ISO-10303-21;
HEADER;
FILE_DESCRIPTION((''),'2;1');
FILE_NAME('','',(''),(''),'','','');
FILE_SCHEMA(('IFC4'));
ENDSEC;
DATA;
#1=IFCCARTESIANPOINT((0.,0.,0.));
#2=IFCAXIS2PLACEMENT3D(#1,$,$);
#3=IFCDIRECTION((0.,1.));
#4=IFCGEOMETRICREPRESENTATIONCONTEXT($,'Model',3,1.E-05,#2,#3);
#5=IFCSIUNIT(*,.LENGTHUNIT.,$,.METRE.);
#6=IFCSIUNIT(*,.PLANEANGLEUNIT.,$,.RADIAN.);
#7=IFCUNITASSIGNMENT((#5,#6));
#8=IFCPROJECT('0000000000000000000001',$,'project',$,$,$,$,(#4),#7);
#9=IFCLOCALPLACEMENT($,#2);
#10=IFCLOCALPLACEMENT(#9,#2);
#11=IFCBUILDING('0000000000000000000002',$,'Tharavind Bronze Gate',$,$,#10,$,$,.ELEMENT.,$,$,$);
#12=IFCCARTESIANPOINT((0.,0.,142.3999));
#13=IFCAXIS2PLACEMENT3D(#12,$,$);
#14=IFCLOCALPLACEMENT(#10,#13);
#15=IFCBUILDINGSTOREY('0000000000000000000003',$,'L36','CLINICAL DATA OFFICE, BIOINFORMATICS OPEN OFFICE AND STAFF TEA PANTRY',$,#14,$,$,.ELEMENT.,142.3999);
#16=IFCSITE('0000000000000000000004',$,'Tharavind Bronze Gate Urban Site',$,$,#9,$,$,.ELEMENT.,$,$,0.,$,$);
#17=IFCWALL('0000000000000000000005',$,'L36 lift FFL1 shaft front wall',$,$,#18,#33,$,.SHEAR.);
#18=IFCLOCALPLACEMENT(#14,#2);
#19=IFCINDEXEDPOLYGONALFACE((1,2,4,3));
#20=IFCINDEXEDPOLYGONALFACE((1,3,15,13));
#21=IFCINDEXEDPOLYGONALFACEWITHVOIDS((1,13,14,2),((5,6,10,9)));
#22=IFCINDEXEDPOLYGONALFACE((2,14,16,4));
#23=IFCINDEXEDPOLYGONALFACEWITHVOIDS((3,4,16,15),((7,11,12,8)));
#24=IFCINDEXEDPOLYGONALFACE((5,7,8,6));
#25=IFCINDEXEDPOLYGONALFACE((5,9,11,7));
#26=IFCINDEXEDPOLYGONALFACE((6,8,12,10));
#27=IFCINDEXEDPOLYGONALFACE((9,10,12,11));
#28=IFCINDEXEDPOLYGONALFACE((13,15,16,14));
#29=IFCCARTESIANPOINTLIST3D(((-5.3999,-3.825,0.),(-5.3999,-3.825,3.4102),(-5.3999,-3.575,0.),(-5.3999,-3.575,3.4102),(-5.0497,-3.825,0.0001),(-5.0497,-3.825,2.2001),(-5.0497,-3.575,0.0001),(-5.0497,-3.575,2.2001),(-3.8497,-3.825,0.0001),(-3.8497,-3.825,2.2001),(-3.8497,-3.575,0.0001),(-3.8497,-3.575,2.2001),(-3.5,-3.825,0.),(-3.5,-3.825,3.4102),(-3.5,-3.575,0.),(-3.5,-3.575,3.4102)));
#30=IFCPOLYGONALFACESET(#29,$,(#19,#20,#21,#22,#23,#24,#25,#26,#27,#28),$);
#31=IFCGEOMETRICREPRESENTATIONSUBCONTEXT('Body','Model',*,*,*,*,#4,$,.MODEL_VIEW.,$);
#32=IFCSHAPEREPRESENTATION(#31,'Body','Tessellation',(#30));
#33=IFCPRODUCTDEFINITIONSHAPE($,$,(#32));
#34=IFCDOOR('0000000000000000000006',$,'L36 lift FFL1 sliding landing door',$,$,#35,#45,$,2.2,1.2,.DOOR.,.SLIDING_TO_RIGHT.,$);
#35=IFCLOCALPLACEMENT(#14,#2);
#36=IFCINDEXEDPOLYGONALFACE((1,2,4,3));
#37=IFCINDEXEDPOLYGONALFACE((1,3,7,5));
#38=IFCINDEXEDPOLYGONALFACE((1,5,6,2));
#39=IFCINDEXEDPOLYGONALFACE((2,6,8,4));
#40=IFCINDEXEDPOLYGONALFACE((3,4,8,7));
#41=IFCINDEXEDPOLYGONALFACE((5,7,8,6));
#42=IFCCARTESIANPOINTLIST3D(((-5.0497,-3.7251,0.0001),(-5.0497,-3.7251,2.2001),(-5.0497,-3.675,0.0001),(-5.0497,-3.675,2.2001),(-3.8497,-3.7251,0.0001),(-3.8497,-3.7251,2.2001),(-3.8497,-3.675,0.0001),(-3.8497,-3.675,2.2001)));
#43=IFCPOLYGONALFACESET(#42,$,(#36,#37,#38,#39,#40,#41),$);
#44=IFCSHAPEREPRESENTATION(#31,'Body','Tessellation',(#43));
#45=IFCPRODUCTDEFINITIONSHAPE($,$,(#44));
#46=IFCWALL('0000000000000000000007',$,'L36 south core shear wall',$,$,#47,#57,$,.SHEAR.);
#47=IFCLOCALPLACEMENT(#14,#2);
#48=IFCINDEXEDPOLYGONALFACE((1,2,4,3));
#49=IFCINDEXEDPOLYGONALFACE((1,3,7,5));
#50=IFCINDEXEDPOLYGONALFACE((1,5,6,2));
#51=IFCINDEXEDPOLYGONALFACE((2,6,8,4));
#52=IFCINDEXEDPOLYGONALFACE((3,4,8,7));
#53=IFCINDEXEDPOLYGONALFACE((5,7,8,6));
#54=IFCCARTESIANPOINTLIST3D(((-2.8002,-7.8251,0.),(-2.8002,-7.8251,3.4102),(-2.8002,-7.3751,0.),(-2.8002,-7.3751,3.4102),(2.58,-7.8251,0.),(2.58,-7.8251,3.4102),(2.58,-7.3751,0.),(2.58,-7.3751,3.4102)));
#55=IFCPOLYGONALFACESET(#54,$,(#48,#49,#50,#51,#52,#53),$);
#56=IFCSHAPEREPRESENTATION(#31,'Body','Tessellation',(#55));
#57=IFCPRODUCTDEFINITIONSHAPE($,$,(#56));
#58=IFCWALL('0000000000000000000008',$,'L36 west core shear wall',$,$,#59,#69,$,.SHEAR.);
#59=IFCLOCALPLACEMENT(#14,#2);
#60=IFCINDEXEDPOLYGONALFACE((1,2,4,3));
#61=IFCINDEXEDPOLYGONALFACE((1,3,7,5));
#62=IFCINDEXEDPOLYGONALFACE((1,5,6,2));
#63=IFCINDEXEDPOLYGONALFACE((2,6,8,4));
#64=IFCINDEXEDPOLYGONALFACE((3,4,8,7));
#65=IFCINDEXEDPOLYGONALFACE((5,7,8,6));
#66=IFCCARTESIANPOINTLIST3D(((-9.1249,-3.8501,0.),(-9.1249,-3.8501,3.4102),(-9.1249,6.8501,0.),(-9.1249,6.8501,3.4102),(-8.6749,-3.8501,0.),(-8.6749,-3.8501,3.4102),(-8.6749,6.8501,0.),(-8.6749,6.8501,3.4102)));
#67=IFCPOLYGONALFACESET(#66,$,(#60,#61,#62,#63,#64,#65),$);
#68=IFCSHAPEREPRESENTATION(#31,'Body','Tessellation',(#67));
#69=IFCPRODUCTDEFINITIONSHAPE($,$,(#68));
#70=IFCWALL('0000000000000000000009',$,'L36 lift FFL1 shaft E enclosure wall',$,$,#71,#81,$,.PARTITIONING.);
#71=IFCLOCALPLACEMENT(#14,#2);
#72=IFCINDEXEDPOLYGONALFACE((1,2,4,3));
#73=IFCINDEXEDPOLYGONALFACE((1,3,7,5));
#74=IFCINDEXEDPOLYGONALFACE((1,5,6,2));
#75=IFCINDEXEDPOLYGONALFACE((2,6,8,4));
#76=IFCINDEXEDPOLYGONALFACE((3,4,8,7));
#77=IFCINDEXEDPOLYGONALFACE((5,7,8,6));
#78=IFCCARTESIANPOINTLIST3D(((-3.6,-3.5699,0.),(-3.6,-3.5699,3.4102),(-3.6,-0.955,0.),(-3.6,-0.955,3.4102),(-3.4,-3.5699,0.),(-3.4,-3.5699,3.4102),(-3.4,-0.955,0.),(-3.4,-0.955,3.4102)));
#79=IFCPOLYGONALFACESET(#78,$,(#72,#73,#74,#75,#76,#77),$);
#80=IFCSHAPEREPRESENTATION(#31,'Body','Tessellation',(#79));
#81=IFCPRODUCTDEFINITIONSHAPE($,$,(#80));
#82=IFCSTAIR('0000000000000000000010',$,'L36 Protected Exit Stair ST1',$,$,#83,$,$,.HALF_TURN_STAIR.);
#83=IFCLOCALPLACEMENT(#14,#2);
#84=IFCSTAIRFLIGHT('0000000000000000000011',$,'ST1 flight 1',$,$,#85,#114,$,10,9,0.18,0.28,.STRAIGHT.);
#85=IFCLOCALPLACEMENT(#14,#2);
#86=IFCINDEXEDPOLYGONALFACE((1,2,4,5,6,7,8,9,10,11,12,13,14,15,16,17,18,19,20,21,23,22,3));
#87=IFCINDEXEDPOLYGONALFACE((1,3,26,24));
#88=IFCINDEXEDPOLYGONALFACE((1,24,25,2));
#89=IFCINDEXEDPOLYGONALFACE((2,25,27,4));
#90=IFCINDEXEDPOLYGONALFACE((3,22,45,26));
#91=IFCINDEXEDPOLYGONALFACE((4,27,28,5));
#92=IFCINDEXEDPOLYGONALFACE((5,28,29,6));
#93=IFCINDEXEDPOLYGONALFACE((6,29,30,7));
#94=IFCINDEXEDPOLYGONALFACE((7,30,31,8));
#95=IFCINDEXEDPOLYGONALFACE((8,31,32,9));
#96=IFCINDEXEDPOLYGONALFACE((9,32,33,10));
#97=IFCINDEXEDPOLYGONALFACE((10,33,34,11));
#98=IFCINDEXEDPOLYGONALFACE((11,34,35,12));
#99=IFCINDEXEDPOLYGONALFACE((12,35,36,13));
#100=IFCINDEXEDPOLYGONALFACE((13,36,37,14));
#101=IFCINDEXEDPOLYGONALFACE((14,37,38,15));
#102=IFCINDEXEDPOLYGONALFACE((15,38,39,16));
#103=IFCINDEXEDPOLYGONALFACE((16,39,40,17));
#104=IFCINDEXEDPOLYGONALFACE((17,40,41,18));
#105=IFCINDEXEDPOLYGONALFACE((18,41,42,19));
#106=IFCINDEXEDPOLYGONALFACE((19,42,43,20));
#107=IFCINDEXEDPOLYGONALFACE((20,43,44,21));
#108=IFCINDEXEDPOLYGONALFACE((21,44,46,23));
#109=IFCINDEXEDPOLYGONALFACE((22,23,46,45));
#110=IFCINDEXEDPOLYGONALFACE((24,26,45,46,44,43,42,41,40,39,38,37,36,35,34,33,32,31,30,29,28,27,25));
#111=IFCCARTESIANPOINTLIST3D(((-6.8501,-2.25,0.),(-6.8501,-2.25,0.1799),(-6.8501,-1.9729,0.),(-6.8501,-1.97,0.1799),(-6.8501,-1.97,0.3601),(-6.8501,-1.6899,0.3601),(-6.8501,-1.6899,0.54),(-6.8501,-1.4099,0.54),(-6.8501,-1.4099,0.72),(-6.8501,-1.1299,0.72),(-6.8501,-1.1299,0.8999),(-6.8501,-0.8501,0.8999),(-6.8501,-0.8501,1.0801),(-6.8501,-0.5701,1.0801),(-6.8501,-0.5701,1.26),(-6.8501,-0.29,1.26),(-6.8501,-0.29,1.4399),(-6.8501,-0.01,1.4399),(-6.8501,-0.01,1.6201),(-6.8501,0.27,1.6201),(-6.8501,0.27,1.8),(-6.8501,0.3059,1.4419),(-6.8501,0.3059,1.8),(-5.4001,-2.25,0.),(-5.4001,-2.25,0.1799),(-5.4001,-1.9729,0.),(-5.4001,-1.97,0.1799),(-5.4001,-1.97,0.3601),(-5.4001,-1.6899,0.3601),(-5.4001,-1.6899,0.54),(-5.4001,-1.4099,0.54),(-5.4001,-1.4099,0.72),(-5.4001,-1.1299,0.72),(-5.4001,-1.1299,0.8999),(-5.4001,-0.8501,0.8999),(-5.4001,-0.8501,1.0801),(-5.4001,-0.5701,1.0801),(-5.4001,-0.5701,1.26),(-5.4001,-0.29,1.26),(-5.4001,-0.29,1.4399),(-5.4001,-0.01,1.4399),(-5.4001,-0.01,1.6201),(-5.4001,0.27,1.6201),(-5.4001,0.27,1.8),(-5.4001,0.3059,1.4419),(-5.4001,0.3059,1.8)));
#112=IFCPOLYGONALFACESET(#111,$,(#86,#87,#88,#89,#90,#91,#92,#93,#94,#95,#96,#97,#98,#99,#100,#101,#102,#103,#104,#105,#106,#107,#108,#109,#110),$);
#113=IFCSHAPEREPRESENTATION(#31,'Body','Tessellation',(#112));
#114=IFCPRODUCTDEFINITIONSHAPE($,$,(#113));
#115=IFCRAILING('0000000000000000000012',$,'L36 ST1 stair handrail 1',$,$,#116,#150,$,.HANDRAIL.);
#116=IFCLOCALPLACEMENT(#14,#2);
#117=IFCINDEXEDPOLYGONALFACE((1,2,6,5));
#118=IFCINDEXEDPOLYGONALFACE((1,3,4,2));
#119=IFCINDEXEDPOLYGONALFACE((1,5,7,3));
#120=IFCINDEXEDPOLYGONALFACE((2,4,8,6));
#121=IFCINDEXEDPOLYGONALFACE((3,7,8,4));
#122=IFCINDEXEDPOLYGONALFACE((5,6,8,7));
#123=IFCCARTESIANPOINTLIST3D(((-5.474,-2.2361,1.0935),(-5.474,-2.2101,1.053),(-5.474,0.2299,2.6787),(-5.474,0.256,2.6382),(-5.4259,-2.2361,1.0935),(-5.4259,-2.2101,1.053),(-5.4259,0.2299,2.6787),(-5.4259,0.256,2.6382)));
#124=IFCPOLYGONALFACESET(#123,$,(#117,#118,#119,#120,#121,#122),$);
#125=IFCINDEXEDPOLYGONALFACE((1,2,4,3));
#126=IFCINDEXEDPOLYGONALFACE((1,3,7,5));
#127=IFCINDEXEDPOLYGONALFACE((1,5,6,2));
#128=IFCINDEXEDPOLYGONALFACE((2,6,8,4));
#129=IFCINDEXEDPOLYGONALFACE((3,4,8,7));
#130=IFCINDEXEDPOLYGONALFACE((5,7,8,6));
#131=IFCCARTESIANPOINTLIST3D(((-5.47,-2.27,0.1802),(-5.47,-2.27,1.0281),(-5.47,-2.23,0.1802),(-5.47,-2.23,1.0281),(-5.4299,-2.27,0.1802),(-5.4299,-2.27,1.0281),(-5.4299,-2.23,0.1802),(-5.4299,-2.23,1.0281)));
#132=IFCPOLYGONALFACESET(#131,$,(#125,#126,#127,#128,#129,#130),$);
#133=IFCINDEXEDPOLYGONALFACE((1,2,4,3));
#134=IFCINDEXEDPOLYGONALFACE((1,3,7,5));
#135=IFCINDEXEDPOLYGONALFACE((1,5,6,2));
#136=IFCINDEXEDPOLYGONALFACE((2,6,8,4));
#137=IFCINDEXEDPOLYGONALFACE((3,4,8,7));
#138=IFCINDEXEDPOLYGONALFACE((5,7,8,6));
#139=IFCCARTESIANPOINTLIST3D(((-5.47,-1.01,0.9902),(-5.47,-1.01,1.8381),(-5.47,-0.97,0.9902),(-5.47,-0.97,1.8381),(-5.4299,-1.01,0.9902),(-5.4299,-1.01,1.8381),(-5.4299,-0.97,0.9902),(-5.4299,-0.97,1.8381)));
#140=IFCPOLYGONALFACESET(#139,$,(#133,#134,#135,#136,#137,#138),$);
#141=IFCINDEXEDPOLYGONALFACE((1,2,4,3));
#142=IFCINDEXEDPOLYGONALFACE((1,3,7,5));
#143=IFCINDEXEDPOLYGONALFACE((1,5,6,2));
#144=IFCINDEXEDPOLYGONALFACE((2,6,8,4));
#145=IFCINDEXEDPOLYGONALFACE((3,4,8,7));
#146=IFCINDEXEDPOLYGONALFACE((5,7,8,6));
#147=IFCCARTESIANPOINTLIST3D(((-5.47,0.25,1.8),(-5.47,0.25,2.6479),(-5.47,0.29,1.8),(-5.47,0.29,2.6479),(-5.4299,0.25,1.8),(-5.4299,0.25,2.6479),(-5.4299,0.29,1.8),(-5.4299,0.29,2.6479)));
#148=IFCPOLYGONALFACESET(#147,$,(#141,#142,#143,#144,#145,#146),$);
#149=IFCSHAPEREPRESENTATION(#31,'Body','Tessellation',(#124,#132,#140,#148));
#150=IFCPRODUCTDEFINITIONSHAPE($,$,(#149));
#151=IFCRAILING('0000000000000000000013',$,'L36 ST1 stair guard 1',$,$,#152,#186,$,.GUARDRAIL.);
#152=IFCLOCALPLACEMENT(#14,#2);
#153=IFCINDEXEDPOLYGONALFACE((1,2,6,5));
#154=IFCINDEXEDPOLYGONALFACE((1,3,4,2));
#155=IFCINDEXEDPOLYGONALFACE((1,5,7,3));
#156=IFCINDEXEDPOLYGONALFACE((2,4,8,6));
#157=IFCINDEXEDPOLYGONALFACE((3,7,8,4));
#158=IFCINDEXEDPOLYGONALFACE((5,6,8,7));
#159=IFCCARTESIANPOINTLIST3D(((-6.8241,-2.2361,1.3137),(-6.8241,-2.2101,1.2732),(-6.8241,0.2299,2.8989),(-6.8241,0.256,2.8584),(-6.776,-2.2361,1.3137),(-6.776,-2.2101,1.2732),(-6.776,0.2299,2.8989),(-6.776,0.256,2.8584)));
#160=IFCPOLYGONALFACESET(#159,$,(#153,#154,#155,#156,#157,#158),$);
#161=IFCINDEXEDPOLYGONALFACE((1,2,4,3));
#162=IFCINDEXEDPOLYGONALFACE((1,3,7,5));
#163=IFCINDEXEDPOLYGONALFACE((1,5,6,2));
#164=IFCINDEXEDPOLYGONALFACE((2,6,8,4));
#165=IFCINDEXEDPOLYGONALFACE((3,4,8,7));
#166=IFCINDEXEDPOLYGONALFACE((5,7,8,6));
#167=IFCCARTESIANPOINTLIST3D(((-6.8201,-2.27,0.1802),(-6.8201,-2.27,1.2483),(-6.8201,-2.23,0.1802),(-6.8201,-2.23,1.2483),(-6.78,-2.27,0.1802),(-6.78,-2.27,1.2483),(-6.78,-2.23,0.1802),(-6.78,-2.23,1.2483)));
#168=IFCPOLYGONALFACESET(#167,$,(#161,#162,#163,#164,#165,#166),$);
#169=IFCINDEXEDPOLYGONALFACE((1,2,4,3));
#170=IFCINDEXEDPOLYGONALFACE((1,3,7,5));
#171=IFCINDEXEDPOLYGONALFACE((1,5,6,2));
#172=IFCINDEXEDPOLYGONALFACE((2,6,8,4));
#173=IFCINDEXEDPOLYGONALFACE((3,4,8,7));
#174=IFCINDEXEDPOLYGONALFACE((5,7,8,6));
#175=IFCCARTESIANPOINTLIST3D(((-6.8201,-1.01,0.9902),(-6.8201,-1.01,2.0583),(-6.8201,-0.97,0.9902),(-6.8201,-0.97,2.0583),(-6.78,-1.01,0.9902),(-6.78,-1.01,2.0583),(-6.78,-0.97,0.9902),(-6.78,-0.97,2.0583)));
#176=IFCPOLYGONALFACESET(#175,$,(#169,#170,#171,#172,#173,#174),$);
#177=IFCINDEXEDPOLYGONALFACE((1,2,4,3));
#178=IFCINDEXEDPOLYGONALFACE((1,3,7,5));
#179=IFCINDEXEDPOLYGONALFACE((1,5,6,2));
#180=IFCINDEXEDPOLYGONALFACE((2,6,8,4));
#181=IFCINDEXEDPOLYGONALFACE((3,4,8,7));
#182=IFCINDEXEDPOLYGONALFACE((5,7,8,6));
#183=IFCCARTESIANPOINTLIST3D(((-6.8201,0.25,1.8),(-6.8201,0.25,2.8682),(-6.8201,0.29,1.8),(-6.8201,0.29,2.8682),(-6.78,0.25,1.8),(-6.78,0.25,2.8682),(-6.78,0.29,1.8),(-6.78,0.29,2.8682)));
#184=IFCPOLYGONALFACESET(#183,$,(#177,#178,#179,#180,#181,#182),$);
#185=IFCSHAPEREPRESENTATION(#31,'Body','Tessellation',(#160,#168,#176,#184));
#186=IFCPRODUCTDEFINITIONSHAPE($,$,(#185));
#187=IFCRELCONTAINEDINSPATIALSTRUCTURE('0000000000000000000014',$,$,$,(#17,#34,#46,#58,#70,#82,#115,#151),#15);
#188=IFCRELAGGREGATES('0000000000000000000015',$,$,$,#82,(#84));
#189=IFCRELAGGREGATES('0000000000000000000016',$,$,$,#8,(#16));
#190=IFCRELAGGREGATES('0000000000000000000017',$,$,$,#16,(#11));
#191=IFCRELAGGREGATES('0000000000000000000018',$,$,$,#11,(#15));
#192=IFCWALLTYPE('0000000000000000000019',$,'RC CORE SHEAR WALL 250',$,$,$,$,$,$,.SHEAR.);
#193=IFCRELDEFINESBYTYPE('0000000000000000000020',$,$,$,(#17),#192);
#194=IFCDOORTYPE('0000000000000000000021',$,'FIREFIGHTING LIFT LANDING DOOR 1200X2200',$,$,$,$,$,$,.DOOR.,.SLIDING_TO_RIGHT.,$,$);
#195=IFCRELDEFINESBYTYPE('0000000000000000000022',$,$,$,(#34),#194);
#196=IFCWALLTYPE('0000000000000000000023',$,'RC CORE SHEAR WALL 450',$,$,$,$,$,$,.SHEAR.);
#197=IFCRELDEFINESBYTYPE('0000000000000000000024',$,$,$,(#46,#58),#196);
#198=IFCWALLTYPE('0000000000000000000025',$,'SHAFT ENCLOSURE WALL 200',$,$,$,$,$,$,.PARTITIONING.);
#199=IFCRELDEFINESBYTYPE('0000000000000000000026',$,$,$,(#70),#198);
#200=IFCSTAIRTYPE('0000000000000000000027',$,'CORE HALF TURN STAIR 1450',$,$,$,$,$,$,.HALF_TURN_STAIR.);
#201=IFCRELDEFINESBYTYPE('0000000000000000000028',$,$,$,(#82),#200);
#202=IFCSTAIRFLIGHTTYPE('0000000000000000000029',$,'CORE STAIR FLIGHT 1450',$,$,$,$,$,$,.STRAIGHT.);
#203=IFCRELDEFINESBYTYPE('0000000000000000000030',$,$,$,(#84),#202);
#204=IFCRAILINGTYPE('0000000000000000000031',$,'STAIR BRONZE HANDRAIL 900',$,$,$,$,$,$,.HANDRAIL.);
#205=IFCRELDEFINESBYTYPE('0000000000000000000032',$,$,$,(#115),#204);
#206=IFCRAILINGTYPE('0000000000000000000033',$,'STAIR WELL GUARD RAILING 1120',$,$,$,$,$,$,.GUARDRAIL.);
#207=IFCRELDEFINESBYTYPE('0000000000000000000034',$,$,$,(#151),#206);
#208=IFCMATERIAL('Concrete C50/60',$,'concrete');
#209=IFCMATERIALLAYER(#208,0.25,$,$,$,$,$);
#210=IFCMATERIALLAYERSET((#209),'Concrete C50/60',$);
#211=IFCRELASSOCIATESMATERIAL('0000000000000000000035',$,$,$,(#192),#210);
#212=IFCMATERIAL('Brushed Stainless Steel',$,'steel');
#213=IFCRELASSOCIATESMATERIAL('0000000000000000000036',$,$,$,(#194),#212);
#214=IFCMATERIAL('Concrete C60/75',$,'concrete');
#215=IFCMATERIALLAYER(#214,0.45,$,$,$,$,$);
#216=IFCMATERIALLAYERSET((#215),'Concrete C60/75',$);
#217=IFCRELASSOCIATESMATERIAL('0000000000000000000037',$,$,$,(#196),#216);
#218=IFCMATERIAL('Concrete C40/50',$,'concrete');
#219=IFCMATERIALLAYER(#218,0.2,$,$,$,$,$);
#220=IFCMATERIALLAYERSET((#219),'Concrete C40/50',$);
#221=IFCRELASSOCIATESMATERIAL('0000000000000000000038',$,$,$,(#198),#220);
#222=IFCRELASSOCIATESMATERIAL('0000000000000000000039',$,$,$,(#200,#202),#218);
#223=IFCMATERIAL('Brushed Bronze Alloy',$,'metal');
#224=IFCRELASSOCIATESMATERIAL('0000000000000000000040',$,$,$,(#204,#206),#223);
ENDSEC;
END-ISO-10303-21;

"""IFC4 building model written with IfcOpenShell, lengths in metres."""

from ifc_helpers import new_model, si_unit, direction, frame, frame_2d, origin, origin_2d, place, context, subcontext, project, spatial, polyline, rectangle, outline, extrude, material, layer, layer_set, type_object, element, fill, aggregate, save


model = new_model("IFC4")

# Units and contexts
model_context = context("Model", 3, precision=1e-05, world=origin(), true_north=direction((0.0, 1.0)))
body_context = subcontext(model_context, "Body", "Model", "MODEL_VIEW")
ifc_project = project(units=[si_unit("LENGTHUNIT", "METRE"), si_unit("PLANEANGLEUNIT", "RADIAN")], contexts=[model_context])

# Site, building, storey
site_placement = place(None, origin())
site = spatial("IfcSite", under=ifc_project, at=site_placement, Name="Tharavind Bronze Gate Urban Site", CompositionType="ELEMENT", RefElevation=0.0)
building_placement = place(site_placement, origin())
building = spatial("IfcBuilding", under=site, at=building_placement, Name="Tharavind Bronze Gate", CompositionType="ELEMENT")
storey_placement = place(building_placement, frame((0.0, 0.0, 142.3999)))
storey = spatial("IfcBuildingStorey", under=building, at=storey_placement, Name="L36", Description="CLINICAL DATA OFFICE, BIOINFORMATICS OPEN OFFICE AND STAFF TEA PANTRY", CompositionType="ELEMENT", Elevation=142.3999)

# Shared definitions
ifc_material_1 = material(Name="Concrete C60/75", Category="concrete")

# Shared definitions
ifc_material_2 = material(Name="Concrete C50/60", Category="concrete")
ifc_layer_1 = layer(ifc_material_2, 0.25)
ifc_layer_set_1 = layer_set([ifc_layer_1], Name="Concrete C50/60")
wall_type_1 = type_object("IfcWallType", Name="RC CORE SHEAR WALL 250", PredefinedType="SHEAR", material=ifc_layer_set_1)

# Wall, opening, door
wall_1_placement = place(storey_placement, frame((-5.3999, -3.7, 0.0), z_axis=(0.0, 0.0, 1.0), x_axis=(1.0, 0.0, 0.0)))
wall_1 = element("IfcWall", 1, at=wall_1_placement, inside=storey, type_object=wall_type_1, Name="L36 lift FFL1 shaft front wall", PredefinedType="SHEAR", context=body_context, shape_type="SweptSolid", body=[
    extrude(rectangle(XDim=1.8999, YDim=0.25, at=frame_2d((0.95, 0.0))), origin(), (0.0, 0.0, 1.0), 3.4102),
])
opening_1_placement = place(wall_1_placement, frame((0.3501, 0.0, 0.0)))
opening_1 = element("IfcOpeningElement", 2, at=opening_1_placement, cuts=wall_1, PredefinedType="OPENING", context=body_context, shape_type="SweptSolid", body=[
    extrude(rectangle(XDim=1.2, YDim=2.2, at=frame_2d((0.6001, 1.1001))), frame((0.0, 0.135, 0.0), z_axis=(0.0, -1.0, 0.0), x_axis=(1.0, 0.0, 0.0)), (0.0, 0.0, 1.0), 0.27),
])
ifc_material_3 = material(Name="Brushed Stainless Steel", Category="steel")
door_type_1 = type_object("IfcDoorType", Name="FIREFIGHTING LIFT LANDING DOOR 1200X2200", OperationType="SLIDING_TO_RIGHT", PredefinedType="DOOR", material=ifc_material_3)
door_1_placement = place(opening_1_placement, origin())
door_1 = element("IfcDoor", 3, at=door_1_placement, inside=storey, type_object=door_type_1, Name="L36 lift FFL1 sliding landing door", OperationType="SLIDING_TO_RIGHT", OverallHeight=2.2, OverallWidth=1.2, PredefinedType="DOOR", context=body_context, shape_type="SweptSolid", body=[
    extrude(rectangle(XDim=1.2, YDim=2.2, at=frame_2d((0.6001, 1.1001))), frame((0.0, 0.0249, 0.0), z_axis=(0.0, -1.0, 0.0), x_axis=(1.0, 0.0, 0.0)), (0.0, 0.0, 1.0), 0.05),
])
fill(opening_1, door_1)

# Walls
ifc_layer_2 = layer(ifc_material_1, 0.45)
ifc_layer_set_2 = layer_set([ifc_layer_2], Name="Concrete C60/75")
wall_type_2 = type_object("IfcWallType", Name="RC CORE SHEAR WALL 450", PredefinedType="SHEAR", material=ifc_layer_set_2)
wall_2_placement = place(storey_placement, frame((-2.8, -7.6001, 0.0), z_axis=(0.0, 0.0, 1.0), x_axis=(1.0, 0.0, 0.0)))
element("IfcWall", 4, at=wall_2_placement, inside=storey, type_object=wall_type_2, Name="L36 south core shear wall", PredefinedType="SHEAR", context=body_context, shape_type="SweptSolid", body=[
    extrude(rectangle(XDim=5.3801, YDim=0.45, at=frame_2d((2.6899, 0.0))), origin(), (0.0, 0.0, 1.0), 3.4102),
])
wall_3_placement = place(storey_placement, frame((-8.8999, -3.8501, 0.0), z_axis=(0.0, 0.0, 1.0), x_axis=(0.0, 1.0, 0.0)))
element("IfcWall", 5, at=wall_3_placement, inside=storey, type_object=wall_type_2, Name="L36 west core shear wall", PredefinedType="SHEAR", context=body_context, shape_type="SweptSolid", body=[
    extrude(rectangle(XDim=10.7002, YDim=0.45, at=frame_2d((5.3501, 0.0))), origin(), (0.0, 0.0, 1.0), 3.4102),
])
ifc_material_4 = material(Name="Concrete C40/50", Category="concrete")
ifc_layer_3 = layer(ifc_material_4, 0.2)
ifc_layer_set_3 = layer_set([ifc_layer_3], Name="Concrete C40/50")
wall_type_3 = type_object("IfcWallType", Name="SHAFT ENCLOSURE WALL 200", PredefinedType="PARTITIONING", material=ifc_layer_set_3)
wall_4_placement = place(storey_placement, frame((-3.5, -3.5701, 0.0), z_axis=(0.0, 0.0, 1.0), x_axis=(0.0, 1.0, 0.0)))
element("IfcWall", 6, at=wall_4_placement, inside=storey, type_object=wall_type_3, Name="L36 lift FFL1 shaft E enclosure wall", PredefinedType="PARTITIONING", context=body_context, shape_type="SweptSolid", body=[
    extrude(rectangle(XDim=2.615, YDim=0.2, at=frame_2d((1.3076, 0.0))), origin(), (0.0, 0.0, 1.0), 3.4102),
])

# Stair, stair flight
stair_type = type_object("IfcStairType", Name="CORE HALF TURN STAIR 1450", PredefinedType="HALF_TURN_STAIR", material=ifc_material_4)
stair_placement = place(storey_placement, origin())
stair = element("IfcStair", 7, at=stair_placement, inside=storey, type_object=stair_type, Name="L36 Protected Exit Stair ST1", PredefinedType="HALF_TURN_STAIR")
stair_flight_type = type_object("IfcStairFlightType", Name="CORE STAIR FLIGHT 1450", PredefinedType="STRAIGHT", material=ifc_material_4)
stair_flight_placement = place(storey_placement, frame((-6.125, -2.25, 0.0), z_axis=(0.0, 0.0, 1.0), x_axis=(0.0, 1.0, 0.0)))
stair_flight = element("IfcStairFlight", 8, at=stair_flight_placement, type_object=stair_flight_type, Name="ST1 flight 1", NumberOfRisers=10, NumberOfTreads=9, PredefinedType="STRAIGHT", RiserHeight=0.18, TreadLength=0.28, context=body_context, shape_type="SweptSolid", body=[
    extrude(outline(polyline([(0.0, 0.0), (0.0, 0.1799), (0.28, 0.1799), (0.28, 0.3601), (0.5601, 0.3601), (0.5601, 0.54), (0.8401, 0.54), (0.8401, 0.72), (1.1201, 0.72), (1.1201, 0.8999), (1.3999, 0.8999), (1.3999, 1.0801), (1.6799, 1.0801), (1.6799, 1.26), (1.96, 1.26), (1.96, 1.4399), (2.24, 1.4399), (2.24, 1.6201), (2.52, 1.6201), (2.52, 1.8), (2.5559, 1.8), (2.5559, 1.4419), (0.2771, 0.0), (0.0, 0.0)])), frame((0.0, 0.7251, 0.0), z_axis=(0.0, -1.0, 0.0), x_axis=(1.0, 0.0, 0.0)), (0.0, 0.0, 1.0), 1.45),
])
aggregate(stair, [stair_flight])

# Railings
ifc_material_5 = material(Name="Brushed Bronze Alloy", Category="metal")
railing_type_1 = type_object("IfcRailingType", Name="STAIR BRONZE HANDRAIL 900", PredefinedType="HANDRAIL", material=ifc_material_5)
railing_1_placement = place(storey_placement, frame((-5.45, -2.25, 0.1802)))
element("IfcRailing", 9, at=railing_1_placement, inside=storey, type_object=railing_type_1, Name="L36 ST1 stair handrail 1", PredefinedType="HANDRAIL", context=body_context, shape_type="SweptSolid", body=[
    extrude(rectangle(XDim=0.0481, YDim=0.0481, at=origin_2d()), frame((0.0, 0.0269, 0.8931), z_axis=(0.0, 0.8412, 0.540725), x_axis=(-1.0, 0.0, 0.0)), (0.0, 0.0, 1.0), 2.9316),
    extrude(rectangle(XDim=0.04, YDim=0.04, at=origin_2d()), origin(), (0.0, 0.0, 1.0), 0.8479),
    extrude(rectangle(XDim=0.04, YDim=0.04, at=origin_2d()), frame((0.0, 1.26, 0.8101)), (0.0, 0.0, 1.0), 0.8479),
    extrude(rectangle(XDim=0.04, YDim=0.04, at=origin_2d()), frame((0.0, 2.52, 1.6199)), (0.0, 0.0, 1.0), 0.8479),
])
railing_type_2 = type_object("IfcRailingType", Name="STAIR WELL GUARD RAILING 1120", PredefinedType="GUARDRAIL", material=ifc_material_5)
railing_2_placement = place(storey_placement, frame((-6.8, -2.25, 0.1802)))
element("IfcRailing", 10, at=railing_2_placement, inside=storey, type_object=railing_type_2, Name="L36 ST1 stair guard 1", PredefinedType="GUARDRAIL", context=body_context, shape_type="SweptSolid", body=[
    extrude(rectangle(XDim=0.0481, YDim=0.0481, at=origin_2d()), frame((0.0, 0.0269, 1.1133), z_axis=(0.0, 0.8412, 0.540725), x_axis=(-1.0, 0.0, 0.0)), (0.0, 0.0, 1.0), 2.9316),
    extrude(rectangle(XDim=0.04, YDim=0.04, at=origin_2d()), origin(), (0.0, 0.0, 1.0), 1.0681),
    extrude(rectangle(XDim=0.04, YDim=0.04, at=origin_2d()), frame((0.0, 1.26, 0.8101)), (0.0, 0.0, 1.0), 1.0681),
    extrude(rectangle(XDim=0.04, YDim=0.04, at=origin_2d()), frame((0.0, 2.52, 1.6199)), (0.0, 0.0, 1.0), 1.0681),
])

save(model, "model.ifc")
